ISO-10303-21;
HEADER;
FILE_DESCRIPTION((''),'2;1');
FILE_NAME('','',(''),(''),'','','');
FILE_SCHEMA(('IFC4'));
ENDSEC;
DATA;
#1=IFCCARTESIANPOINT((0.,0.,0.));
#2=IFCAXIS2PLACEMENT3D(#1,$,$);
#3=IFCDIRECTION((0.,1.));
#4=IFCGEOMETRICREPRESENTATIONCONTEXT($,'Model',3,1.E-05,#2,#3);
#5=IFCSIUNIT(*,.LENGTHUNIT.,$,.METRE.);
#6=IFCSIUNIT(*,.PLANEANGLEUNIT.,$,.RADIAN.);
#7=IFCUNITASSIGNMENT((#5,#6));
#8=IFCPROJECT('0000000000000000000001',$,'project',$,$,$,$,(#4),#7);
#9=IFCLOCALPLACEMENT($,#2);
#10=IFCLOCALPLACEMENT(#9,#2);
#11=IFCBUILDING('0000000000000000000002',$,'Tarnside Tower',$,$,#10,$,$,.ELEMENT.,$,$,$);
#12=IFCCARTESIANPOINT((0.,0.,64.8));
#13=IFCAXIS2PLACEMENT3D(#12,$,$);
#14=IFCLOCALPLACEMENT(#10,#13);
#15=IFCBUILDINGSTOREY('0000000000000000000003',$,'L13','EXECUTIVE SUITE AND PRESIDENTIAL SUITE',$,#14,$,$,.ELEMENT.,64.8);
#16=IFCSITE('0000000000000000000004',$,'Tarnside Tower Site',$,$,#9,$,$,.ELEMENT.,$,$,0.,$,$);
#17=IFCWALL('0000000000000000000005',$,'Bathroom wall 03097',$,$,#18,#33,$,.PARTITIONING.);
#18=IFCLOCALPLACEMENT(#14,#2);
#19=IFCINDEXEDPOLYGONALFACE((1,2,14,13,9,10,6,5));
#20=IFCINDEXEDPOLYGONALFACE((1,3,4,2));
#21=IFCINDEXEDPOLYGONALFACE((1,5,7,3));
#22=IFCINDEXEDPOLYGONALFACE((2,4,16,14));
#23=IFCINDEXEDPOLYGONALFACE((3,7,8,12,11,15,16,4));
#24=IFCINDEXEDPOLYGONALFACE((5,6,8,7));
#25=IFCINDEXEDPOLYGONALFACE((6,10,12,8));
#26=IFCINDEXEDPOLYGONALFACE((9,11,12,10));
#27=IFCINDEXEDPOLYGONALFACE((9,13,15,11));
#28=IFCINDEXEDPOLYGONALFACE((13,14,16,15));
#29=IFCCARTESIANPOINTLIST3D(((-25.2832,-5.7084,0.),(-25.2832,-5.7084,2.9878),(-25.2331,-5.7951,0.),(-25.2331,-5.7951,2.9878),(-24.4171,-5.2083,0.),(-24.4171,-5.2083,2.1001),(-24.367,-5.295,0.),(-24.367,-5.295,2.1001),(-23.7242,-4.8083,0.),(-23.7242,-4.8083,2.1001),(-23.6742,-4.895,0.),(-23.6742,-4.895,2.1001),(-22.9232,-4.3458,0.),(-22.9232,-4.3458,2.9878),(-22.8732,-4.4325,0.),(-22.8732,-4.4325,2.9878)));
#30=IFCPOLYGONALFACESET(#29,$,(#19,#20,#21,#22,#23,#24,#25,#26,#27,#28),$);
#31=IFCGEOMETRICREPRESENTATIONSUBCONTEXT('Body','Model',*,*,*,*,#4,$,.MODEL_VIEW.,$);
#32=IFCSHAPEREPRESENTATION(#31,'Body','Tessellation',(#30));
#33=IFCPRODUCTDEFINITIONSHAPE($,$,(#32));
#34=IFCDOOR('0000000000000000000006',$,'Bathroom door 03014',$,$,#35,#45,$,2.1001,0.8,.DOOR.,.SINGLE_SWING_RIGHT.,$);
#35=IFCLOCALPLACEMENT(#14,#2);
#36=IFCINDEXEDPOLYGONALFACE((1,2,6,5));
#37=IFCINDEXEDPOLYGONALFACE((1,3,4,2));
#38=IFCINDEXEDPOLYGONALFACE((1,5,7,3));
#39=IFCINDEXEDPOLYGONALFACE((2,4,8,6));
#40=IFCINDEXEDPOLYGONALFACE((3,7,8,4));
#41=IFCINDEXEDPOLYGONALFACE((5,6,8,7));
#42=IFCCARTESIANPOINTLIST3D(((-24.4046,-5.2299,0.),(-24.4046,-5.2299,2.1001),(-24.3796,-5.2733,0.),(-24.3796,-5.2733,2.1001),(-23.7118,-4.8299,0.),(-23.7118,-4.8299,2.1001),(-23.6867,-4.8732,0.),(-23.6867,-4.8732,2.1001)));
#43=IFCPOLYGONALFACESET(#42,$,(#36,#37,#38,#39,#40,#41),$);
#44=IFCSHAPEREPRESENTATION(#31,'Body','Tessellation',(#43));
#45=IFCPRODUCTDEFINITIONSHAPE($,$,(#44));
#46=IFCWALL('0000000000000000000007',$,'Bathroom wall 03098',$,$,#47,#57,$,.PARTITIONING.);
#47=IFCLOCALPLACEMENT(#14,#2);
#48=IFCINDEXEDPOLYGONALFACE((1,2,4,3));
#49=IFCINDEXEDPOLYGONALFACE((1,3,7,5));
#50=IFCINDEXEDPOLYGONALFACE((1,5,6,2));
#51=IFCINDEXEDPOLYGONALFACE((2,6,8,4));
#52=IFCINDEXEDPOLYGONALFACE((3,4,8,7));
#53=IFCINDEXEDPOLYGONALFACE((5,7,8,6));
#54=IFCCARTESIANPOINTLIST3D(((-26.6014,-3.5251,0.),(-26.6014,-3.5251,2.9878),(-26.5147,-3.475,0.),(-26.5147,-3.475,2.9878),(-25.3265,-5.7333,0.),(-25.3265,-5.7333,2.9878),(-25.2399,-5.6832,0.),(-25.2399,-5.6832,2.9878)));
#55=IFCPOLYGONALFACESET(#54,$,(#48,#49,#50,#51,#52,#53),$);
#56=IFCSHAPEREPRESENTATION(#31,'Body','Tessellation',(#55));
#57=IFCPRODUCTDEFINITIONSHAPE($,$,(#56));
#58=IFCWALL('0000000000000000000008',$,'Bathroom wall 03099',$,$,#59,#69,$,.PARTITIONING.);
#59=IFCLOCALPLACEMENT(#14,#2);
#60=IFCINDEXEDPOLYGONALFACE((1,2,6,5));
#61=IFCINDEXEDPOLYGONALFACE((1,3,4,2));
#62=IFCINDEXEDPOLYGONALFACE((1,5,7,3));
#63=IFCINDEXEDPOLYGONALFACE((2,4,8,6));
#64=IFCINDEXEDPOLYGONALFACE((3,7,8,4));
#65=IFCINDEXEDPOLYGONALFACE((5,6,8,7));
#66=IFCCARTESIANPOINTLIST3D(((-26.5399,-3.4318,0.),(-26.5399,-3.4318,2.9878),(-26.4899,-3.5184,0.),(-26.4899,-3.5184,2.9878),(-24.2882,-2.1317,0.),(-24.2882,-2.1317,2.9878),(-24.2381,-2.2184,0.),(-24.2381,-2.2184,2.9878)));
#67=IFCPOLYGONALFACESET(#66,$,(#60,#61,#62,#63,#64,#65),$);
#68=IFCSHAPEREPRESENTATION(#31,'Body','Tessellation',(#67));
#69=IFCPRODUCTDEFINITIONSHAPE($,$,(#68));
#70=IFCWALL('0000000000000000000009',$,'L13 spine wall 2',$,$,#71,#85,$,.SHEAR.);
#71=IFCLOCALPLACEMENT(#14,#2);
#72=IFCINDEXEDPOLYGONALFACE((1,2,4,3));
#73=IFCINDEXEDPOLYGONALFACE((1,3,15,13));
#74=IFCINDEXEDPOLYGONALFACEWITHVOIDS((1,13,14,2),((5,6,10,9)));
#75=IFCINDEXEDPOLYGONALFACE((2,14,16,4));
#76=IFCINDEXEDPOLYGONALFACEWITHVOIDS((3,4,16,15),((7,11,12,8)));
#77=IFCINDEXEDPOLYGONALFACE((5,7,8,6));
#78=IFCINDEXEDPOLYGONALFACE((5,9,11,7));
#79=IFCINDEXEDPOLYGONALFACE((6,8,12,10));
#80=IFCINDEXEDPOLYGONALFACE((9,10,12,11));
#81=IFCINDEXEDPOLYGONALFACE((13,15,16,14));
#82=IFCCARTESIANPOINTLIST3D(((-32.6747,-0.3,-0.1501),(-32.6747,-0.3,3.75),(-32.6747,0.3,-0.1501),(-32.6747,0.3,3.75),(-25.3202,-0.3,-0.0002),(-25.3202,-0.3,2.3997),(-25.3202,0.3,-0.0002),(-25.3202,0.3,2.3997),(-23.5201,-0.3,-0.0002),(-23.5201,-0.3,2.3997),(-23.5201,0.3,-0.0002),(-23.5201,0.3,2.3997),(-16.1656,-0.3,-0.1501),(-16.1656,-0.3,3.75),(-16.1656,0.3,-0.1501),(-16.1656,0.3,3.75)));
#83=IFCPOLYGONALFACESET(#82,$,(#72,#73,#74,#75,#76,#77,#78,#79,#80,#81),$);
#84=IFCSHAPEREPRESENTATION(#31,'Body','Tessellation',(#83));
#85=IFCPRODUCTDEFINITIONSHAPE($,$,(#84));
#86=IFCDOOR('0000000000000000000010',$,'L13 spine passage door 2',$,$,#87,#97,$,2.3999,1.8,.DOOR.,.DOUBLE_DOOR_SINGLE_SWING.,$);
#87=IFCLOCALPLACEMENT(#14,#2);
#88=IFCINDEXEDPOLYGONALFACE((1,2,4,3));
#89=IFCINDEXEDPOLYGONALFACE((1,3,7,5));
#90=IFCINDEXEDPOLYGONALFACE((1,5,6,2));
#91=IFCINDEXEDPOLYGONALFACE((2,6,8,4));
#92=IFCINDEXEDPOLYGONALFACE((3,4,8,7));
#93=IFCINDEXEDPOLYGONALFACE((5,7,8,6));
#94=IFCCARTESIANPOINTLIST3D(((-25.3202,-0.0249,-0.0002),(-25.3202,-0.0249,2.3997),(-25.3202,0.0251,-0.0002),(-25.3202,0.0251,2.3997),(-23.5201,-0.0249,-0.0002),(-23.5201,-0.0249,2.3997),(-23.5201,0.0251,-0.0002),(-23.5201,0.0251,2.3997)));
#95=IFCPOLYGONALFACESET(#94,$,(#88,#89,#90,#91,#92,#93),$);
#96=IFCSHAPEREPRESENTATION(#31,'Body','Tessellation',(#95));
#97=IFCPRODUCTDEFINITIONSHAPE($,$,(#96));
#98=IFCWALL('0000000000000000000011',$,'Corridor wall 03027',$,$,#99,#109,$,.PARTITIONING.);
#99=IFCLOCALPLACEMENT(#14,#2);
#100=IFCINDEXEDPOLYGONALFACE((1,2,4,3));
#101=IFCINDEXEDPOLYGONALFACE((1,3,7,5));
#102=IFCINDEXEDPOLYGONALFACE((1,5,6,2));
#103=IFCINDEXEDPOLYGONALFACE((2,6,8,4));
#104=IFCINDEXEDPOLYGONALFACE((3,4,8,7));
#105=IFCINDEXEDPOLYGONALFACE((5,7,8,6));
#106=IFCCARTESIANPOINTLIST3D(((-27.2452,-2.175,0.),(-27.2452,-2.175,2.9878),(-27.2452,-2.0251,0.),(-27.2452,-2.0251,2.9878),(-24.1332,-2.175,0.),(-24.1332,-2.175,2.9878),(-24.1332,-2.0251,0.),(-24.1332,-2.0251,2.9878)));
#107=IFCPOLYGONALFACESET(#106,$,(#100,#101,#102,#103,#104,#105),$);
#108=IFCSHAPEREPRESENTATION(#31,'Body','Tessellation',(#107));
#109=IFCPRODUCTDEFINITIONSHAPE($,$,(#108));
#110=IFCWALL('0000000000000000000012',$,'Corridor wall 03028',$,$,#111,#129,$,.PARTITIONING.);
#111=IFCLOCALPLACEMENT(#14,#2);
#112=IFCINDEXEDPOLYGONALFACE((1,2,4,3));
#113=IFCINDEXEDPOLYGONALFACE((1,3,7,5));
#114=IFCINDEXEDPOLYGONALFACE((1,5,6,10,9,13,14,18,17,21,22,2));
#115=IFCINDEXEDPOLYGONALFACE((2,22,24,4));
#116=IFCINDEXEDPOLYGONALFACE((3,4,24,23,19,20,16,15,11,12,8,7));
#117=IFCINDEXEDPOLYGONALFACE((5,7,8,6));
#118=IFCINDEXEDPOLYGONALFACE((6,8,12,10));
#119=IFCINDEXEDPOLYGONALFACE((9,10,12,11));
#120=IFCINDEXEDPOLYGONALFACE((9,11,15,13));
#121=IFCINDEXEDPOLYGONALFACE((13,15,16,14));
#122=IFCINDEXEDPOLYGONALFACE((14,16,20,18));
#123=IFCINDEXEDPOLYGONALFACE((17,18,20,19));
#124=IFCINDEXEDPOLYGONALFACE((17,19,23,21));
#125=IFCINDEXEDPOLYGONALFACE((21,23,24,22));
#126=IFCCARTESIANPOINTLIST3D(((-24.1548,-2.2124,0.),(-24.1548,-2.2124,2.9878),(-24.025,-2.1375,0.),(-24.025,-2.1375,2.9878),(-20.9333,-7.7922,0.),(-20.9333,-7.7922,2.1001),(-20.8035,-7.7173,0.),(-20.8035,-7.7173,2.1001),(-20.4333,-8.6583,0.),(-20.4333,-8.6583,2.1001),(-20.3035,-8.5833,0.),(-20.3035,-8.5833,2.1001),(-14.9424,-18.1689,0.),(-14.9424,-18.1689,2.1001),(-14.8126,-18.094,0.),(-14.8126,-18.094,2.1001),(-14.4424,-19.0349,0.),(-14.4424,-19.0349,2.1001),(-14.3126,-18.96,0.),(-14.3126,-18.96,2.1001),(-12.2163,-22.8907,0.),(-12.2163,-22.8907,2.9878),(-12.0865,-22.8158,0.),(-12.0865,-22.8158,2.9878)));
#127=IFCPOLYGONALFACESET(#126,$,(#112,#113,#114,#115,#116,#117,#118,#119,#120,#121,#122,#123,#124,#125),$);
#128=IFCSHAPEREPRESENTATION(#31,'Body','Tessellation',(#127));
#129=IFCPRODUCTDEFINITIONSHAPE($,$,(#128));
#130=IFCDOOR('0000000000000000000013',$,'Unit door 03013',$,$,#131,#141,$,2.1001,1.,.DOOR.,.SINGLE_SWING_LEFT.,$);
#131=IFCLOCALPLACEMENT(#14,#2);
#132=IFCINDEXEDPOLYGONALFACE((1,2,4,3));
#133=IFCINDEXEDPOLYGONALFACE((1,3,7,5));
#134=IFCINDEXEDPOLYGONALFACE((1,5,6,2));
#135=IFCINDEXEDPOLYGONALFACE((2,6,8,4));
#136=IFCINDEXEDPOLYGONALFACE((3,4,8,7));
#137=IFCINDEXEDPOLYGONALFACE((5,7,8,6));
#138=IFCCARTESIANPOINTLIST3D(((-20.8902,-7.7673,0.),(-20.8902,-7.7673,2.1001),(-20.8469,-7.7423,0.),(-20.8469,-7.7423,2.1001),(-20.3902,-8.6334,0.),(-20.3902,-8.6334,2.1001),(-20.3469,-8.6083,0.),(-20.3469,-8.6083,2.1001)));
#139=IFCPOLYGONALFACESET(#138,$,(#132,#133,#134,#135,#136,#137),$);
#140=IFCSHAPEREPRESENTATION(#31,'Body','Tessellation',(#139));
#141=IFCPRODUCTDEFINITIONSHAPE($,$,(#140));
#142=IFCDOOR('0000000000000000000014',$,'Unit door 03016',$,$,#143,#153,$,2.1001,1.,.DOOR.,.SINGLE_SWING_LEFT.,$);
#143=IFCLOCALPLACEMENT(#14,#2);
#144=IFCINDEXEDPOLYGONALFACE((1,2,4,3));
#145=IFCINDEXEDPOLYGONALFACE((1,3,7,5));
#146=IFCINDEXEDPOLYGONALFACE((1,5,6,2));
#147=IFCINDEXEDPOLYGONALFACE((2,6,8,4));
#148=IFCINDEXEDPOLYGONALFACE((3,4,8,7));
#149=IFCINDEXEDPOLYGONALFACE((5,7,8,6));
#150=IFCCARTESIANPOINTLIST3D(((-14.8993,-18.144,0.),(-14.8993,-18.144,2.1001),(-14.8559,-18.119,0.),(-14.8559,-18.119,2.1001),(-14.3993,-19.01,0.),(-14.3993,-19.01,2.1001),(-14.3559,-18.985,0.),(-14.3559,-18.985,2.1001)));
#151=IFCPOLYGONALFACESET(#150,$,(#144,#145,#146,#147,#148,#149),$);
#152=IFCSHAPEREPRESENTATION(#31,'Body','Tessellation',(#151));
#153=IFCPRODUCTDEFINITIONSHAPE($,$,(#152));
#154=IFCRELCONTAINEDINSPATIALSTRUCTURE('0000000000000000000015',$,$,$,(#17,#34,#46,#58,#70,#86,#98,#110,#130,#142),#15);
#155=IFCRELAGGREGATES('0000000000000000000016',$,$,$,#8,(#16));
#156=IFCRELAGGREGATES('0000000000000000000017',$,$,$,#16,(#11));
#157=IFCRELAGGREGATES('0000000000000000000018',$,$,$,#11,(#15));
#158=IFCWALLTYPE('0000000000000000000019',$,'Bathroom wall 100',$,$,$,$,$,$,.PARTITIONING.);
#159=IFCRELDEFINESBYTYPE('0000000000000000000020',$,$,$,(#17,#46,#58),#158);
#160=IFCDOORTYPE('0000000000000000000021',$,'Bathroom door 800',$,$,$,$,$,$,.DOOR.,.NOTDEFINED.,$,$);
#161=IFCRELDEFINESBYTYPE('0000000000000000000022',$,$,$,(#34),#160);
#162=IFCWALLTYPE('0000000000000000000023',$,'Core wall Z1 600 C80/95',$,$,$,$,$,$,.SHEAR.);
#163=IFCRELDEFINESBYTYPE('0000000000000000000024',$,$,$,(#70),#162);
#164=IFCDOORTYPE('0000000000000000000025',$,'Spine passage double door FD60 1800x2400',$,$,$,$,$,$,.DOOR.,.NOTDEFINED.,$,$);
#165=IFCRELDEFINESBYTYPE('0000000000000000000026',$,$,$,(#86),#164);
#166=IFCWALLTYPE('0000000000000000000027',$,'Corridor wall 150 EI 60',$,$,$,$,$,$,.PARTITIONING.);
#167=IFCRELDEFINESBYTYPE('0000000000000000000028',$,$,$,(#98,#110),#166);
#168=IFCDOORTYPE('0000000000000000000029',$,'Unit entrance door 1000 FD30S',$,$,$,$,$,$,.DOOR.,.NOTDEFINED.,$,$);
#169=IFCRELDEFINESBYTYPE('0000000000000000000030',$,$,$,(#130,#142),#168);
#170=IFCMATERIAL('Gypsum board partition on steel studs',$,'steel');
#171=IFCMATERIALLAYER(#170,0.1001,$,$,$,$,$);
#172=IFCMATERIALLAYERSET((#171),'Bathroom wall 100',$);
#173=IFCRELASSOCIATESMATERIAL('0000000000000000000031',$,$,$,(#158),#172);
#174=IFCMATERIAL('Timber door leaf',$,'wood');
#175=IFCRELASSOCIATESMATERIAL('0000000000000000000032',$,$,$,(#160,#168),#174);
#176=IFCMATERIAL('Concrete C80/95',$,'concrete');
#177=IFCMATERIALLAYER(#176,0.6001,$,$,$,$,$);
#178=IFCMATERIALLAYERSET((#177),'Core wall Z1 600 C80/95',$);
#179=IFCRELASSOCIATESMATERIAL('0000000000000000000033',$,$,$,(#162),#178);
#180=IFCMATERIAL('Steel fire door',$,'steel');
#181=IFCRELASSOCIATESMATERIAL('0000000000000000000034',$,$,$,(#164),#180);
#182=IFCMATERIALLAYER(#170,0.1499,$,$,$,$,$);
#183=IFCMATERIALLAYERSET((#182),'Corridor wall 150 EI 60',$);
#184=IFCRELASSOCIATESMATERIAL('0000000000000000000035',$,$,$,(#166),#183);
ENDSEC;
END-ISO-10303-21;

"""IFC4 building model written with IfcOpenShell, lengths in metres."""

from ifc_helpers import new_model, si_unit, direction, frame, frame_2d, origin, place, context, subcontext, project, spatial, rectangle, extrude, material, layer, layer_set, type_object, element, fill, save


model = new_model("IFC4")

# Units and contexts
model_context = context("Model", 3, precision=1e-05, world=origin(), true_north=direction((0.0, 1.0)))
body_context = subcontext(model_context, "Body", "Model", "MODEL_VIEW")
ifc_project = project(units=[si_unit("LENGTHUNIT", "METRE"), si_unit("PLANEANGLEUNIT", "RADIAN")], contexts=[model_context])

# Site, building, storey
site_placement = place(None, origin())
site = spatial("IfcSite", under=ifc_project, at=site_placement, Name="Tarnside Tower Site", CompositionType="ELEMENT", RefElevation=0.0)
building_placement = place(site_placement, origin())
building = spatial("IfcBuilding", under=site, at=building_placement, Name="Tarnside Tower", CompositionType="ELEMENT")
storey_placement = place(building_placement, frame((0.0, 0.0, 64.8)))
storey = spatial("IfcBuildingStorey", under=building, at=storey_placement, Name="L13", Description="EXECUTIVE SUITE AND PRESIDENTIAL SUITE", CompositionType="ELEMENT", Elevation=64.8)

# Wall, opening, door
ifc_material_1 = material(Name="Gypsum board partition on steel studs", Category="steel")
ifc_layer_1 = layer(ifc_material_1, 0.1001)
ifc_layer_set_1 = layer_set([ifc_layer_1], Name="Bathroom wall 100")
wall_type_1 = type_object("IfcWallType", Name="Bathroom wall 100", PredefinedType="PARTITIONING", material=ifc_layer_set_1)
wall_1_placement = place(storey_placement, frame((-22.8982, -4.3892, 0.0), z_axis=(0.0, 0.0, 1.0), x_axis=(-0.866013, -0.500022, 0.0)))
wall_1 = element("IfcWall", 1, at=wall_1_placement, inside=storey, type_object=wall_type_1, Name="Bathroom wall 03097", PredefinedType="PARTITIONING", context=body_context, shape_type="SweptSolid", body=[
    extrude(rectangle(XDim=2.7251, YDim=0.1001, at=frame_2d((1.3625, 0.0))), origin(), (0.0, 0.0, 1.0), 2.9878),
])
opening_1_placement = place(wall_1_placement, frame((0.925, 0.0, 0.0)))
opening_1 = element("IfcOpeningElement", 2, at=opening_1_placement, cuts=wall_1, PredefinedType="OPENING", context=body_context, shape_type="SweptSolid", body=[
    extrude(rectangle(XDim=0.8, YDim=2.1001, at=frame_2d((0.3999, 1.05))), frame((0.0, 0.0601, 0.0), z_axis=(0.0, -1.0, 0.0), x_axis=(1.0, 0.0, 0.0)), (0.0, 0.0, 1.0), 0.1201),
])
ifc_material_2 = material(Name="Timber door leaf", Category="wood")
door_type_1 = type_object("IfcDoorType", Name="Bathroom door 800", OperationType="NOTDEFINED", PredefinedType="DOOR", material=ifc_material_2)
door_1_placement = place(opening_1_placement, origin())
door_1 = element("IfcDoor", 3, at=door_1_placement, inside=storey, type_object=door_type_1, Name="Bathroom door 03014", OperationType="SINGLE_SWING_RIGHT", OverallHeight=2.1001, OverallWidth=0.8, PredefinedType="DOOR", context=body_context, shape_type="SweptSolid", body=[
    extrude(rectangle(XDim=0.8, YDim=2.1001, at=frame_2d((0.3999, 1.05))), frame((0.0, 0.0249, 0.0), z_axis=(0.0, -1.0, 0.0), x_axis=(1.0, 0.0, 0.0)), (0.0, 0.0, 1.0), 0.05),
])
fill(opening_1, door_1)

# Walls
wall_2_placement = place(storey_placement, frame((-25.2832, -5.7083, 0.0), z_axis=(0.0, 0.0, 1.0), x_axis=(-0.49999, 0.866031, 0.0)))
element("IfcWall", 4, at=wall_2_placement, inside=storey, type_object=wall_type_1, Name="Bathroom wall 03098", PredefinedType="PARTITIONING", context=body_context, shape_type="SweptSolid", body=[
    extrude(rectangle(XDim=2.5498, YDim=0.1001, at=frame_2d((1.2749, 0.0))), origin(), (0.0, 0.0, 1.0), 2.9878),
])
wall_3_placement = place(storey_placement, frame((-26.5149, -3.4751, 0.0), z_axis=(0.0, 0.0, 1.0), x_axis=(0.866021, 0.500007, 0.0)))
element("IfcWall", 5, at=wall_3_placement, inside=storey, type_object=wall_type_1, Name="Bathroom wall 03099", PredefinedType="PARTITIONING", context=body_context, shape_type="SweptSolid", body=[
    extrude(rectangle(XDim=2.6001, YDim=0.1001, at=frame_2d((1.3, 0.0))), origin(), (0.0, 0.0, 1.0), 2.9878),
])

# Wall, opening, door
ifc_material_3 = material(Name="Concrete C80/95", Category="concrete")
ifc_layer_2 = layer(ifc_material_3, 0.6001)
ifc_layer_set_2 = layer_set([ifc_layer_2], Name="Core wall Z1 600 C80/95")
wall_type_2 = type_object("IfcWallType", Name="Core wall Z1 600 C80/95", PredefinedType="SHEAR", material=ifc_layer_set_2)
wall_4_placement = place(storey_placement, frame((-16.1658, 0.0, -0.1501), z_axis=(0.0, 0.0, 1.0), x_axis=(-1.0, 0.0, 0.0)))
wall_4 = element("IfcWall", 6, at=wall_4_placement, inside=storey, type_object=wall_type_2, Name="L13 spine wall 2", PredefinedType="SHEAR", context=body_context, shape_type="SweptSolid", body=[
    extrude(rectangle(XDim=16.509, YDim=0.6001, at=frame_2d((8.2544, 0.0))), origin(), (0.0, 0.0, 1.0), 3.9001),
])
opening_2_placement = place(wall_4_placement, frame((7.3545, 0.0, 0.1499)))
opening_2 = element("IfcOpeningElement", 7, at=opening_2_placement, cuts=wall_4, PredefinedType="OPENING", context=body_context, shape_type="SweptSolid", body=[
    extrude(rectangle(XDim=1.8, YDim=2.3999, at=frame_2d((0.8999, 1.2))), frame((0.0, 0.3101, 0.0), z_axis=(0.0, -1.0, 0.0), x_axis=(1.0, 0.0, 0.0)), (0.0, 0.0, 1.0), 0.6201),
])
ifc_material_4 = material(Name="Steel fire door", Category="steel")
door_type_2 = type_object("IfcDoorType", Name="Spine passage double door FD60 1800x2400", OperationType="NOTDEFINED", PredefinedType="DOOR", material=ifc_material_4)
door_2_placement = place(opening_2_placement, origin())
door_2 = element("IfcDoor", 8, at=door_2_placement, inside=storey, type_object=door_type_2, Name="L13 spine passage door 2", OperationType="DOUBLE_DOOR_SINGLE_SWING", OverallHeight=2.3999, OverallWidth=1.8, PredefinedType="DOOR", context=body_context, shape_type="SweptSolid", body=[
    extrude(rectangle(XDim=1.8, YDim=2.3999, at=frame_2d((0.8999, 1.2))), frame((0.0, 0.0249, 0.0), z_axis=(0.0, -1.0, 0.0), x_axis=(1.0, 0.0, 0.0)), (0.0, 0.0, 1.0), 0.05),
])
fill(opening_2, door_2)

# Wall
ifc_layer_3 = layer(ifc_material_1, 0.1499)
ifc_layer_set_3 = layer_set([ifc_layer_3], Name="Corridor wall 150 EI 60")
wall_type_3 = type_object("IfcWallType", Name="Corridor wall 150 EI 60", PredefinedType="PARTITIONING", material=ifc_layer_set_3)
wall_5_placement = place(storey_placement, frame((-27.2454, -2.1001, 0.0), z_axis=(0.0, 0.0, 1.0), x_axis=(1.0, 0.0, 0.0)))
element("IfcWall", 9, at=wall_5_placement, inside=storey, type_object=wall_type_3, Name="Corridor wall 03027", PredefinedType="PARTITIONING", context=body_context, shape_type="SweptSolid", body=[
    extrude(rectangle(XDim=3.1121, YDim=0.1499, at=frame_2d((1.5562, 0.0))), origin(), (0.0, 0.0, 1.0), 2.9878),
])

# Wall, openings, doors
wall_6_placement = place(storey_placement, frame((-24.0898, -2.175, 0.0), z_axis=(0.0, 0.0, 1.0), x_axis=(0.499997, -0.866027, 0.0)))
wall_6 = element("IfcWall", 10, at=wall_6_placement, inside=storey, type_object=wall_type_3, Name="Corridor wall 03028", PredefinedType="PARTITIONING", context=body_context, shape_type="SweptSolid", body=[
    extrude(rectangle(XDim=23.8772, YDim=0.1499, at=frame_2d((11.9385, 0.0))), origin(), (0.0, 0.0, 1.0), 2.9878),
])
opening_3_placement = place(wall_6_placement, frame((6.4429, 0.0, 0.0)))
opening_3 = element("IfcOpeningElement", 11, at=opening_3_placement, cuts=wall_6, PredefinedType="OPENING", context=body_context, shape_type="SweptSolid", body=[
    extrude(rectangle(XDim=1.0, YDim=2.1001, at=frame_2d((0.5, 1.05))), frame((0.0, 0.085, 0.0), z_axis=(0.0, -1.0, 0.0), x_axis=(1.0, 0.0, 0.0)), (0.0, 0.0, 1.0), 0.1699),
])
opening_4_placement = place(wall_6_placement, frame((18.4248, 0.0, 0.0)))
opening_4 = element("IfcOpeningElement", 12, at=opening_4_placement, cuts=wall_6, PredefinedType="OPENING", context=body_context, shape_type="SweptSolid", body=[
    extrude(rectangle(XDim=1.0, YDim=2.1001, at=frame_2d((0.5, 1.05))), frame((0.0, 0.085, 0.0), z_axis=(0.0, -1.0, 0.0), x_axis=(1.0, 0.0, 0.0)), (0.0, 0.0, 1.0), 0.1699),
])
door_type_3 = type_object("IfcDoorType", Name="Unit entrance door 1000 FD30S", OperationType="NOTDEFINED", PredefinedType="DOOR", material=ifc_material_2)
door_3_placement = place(opening_3_placement, origin())
door_3 = element("IfcDoor", 13, at=door_3_placement, inside=storey, type_object=door_type_3, Name="Unit door 03013", OperationType="SINGLE_SWING_LEFT", OverallHeight=2.1001, OverallWidth=1.0, PredefinedType="DOOR", context=body_context, shape_type="SweptSolid", body=[
    extrude(rectangle(XDim=1.0, YDim=2.1001, at=frame_2d((0.5, 1.05))), frame((0.0, 0.0249, 0.0), z_axis=(0.0, -1.0, 0.0), x_axis=(1.0, 0.0, 0.0)), (0.0, 0.0, 1.0), 0.05),
])
fill(opening_3, door_3)
door_4_placement = place(opening_4_placement, origin())
door_4 = element("IfcDoor", 14, at=door_4_placement, inside=storey, type_object=door_type_3, Name="Unit door 03016", OperationType="SINGLE_SWING_LEFT", OverallHeight=2.1001, OverallWidth=1.0, PredefinedType="DOOR", context=body_context, shape_type="SweptSolid", body=[
    extrude(rectangle(XDim=1.0, YDim=2.1001, at=frame_2d((0.5, 1.05))), frame((0.0, 0.0249, 0.0), z_axis=(0.0, -1.0, 0.0), x_axis=(1.0, 0.0, 0.0)), (0.0, 0.0, 1.0), 0.05),
])
fill(opening_4, door_4)

save(model, "model.ifc")
